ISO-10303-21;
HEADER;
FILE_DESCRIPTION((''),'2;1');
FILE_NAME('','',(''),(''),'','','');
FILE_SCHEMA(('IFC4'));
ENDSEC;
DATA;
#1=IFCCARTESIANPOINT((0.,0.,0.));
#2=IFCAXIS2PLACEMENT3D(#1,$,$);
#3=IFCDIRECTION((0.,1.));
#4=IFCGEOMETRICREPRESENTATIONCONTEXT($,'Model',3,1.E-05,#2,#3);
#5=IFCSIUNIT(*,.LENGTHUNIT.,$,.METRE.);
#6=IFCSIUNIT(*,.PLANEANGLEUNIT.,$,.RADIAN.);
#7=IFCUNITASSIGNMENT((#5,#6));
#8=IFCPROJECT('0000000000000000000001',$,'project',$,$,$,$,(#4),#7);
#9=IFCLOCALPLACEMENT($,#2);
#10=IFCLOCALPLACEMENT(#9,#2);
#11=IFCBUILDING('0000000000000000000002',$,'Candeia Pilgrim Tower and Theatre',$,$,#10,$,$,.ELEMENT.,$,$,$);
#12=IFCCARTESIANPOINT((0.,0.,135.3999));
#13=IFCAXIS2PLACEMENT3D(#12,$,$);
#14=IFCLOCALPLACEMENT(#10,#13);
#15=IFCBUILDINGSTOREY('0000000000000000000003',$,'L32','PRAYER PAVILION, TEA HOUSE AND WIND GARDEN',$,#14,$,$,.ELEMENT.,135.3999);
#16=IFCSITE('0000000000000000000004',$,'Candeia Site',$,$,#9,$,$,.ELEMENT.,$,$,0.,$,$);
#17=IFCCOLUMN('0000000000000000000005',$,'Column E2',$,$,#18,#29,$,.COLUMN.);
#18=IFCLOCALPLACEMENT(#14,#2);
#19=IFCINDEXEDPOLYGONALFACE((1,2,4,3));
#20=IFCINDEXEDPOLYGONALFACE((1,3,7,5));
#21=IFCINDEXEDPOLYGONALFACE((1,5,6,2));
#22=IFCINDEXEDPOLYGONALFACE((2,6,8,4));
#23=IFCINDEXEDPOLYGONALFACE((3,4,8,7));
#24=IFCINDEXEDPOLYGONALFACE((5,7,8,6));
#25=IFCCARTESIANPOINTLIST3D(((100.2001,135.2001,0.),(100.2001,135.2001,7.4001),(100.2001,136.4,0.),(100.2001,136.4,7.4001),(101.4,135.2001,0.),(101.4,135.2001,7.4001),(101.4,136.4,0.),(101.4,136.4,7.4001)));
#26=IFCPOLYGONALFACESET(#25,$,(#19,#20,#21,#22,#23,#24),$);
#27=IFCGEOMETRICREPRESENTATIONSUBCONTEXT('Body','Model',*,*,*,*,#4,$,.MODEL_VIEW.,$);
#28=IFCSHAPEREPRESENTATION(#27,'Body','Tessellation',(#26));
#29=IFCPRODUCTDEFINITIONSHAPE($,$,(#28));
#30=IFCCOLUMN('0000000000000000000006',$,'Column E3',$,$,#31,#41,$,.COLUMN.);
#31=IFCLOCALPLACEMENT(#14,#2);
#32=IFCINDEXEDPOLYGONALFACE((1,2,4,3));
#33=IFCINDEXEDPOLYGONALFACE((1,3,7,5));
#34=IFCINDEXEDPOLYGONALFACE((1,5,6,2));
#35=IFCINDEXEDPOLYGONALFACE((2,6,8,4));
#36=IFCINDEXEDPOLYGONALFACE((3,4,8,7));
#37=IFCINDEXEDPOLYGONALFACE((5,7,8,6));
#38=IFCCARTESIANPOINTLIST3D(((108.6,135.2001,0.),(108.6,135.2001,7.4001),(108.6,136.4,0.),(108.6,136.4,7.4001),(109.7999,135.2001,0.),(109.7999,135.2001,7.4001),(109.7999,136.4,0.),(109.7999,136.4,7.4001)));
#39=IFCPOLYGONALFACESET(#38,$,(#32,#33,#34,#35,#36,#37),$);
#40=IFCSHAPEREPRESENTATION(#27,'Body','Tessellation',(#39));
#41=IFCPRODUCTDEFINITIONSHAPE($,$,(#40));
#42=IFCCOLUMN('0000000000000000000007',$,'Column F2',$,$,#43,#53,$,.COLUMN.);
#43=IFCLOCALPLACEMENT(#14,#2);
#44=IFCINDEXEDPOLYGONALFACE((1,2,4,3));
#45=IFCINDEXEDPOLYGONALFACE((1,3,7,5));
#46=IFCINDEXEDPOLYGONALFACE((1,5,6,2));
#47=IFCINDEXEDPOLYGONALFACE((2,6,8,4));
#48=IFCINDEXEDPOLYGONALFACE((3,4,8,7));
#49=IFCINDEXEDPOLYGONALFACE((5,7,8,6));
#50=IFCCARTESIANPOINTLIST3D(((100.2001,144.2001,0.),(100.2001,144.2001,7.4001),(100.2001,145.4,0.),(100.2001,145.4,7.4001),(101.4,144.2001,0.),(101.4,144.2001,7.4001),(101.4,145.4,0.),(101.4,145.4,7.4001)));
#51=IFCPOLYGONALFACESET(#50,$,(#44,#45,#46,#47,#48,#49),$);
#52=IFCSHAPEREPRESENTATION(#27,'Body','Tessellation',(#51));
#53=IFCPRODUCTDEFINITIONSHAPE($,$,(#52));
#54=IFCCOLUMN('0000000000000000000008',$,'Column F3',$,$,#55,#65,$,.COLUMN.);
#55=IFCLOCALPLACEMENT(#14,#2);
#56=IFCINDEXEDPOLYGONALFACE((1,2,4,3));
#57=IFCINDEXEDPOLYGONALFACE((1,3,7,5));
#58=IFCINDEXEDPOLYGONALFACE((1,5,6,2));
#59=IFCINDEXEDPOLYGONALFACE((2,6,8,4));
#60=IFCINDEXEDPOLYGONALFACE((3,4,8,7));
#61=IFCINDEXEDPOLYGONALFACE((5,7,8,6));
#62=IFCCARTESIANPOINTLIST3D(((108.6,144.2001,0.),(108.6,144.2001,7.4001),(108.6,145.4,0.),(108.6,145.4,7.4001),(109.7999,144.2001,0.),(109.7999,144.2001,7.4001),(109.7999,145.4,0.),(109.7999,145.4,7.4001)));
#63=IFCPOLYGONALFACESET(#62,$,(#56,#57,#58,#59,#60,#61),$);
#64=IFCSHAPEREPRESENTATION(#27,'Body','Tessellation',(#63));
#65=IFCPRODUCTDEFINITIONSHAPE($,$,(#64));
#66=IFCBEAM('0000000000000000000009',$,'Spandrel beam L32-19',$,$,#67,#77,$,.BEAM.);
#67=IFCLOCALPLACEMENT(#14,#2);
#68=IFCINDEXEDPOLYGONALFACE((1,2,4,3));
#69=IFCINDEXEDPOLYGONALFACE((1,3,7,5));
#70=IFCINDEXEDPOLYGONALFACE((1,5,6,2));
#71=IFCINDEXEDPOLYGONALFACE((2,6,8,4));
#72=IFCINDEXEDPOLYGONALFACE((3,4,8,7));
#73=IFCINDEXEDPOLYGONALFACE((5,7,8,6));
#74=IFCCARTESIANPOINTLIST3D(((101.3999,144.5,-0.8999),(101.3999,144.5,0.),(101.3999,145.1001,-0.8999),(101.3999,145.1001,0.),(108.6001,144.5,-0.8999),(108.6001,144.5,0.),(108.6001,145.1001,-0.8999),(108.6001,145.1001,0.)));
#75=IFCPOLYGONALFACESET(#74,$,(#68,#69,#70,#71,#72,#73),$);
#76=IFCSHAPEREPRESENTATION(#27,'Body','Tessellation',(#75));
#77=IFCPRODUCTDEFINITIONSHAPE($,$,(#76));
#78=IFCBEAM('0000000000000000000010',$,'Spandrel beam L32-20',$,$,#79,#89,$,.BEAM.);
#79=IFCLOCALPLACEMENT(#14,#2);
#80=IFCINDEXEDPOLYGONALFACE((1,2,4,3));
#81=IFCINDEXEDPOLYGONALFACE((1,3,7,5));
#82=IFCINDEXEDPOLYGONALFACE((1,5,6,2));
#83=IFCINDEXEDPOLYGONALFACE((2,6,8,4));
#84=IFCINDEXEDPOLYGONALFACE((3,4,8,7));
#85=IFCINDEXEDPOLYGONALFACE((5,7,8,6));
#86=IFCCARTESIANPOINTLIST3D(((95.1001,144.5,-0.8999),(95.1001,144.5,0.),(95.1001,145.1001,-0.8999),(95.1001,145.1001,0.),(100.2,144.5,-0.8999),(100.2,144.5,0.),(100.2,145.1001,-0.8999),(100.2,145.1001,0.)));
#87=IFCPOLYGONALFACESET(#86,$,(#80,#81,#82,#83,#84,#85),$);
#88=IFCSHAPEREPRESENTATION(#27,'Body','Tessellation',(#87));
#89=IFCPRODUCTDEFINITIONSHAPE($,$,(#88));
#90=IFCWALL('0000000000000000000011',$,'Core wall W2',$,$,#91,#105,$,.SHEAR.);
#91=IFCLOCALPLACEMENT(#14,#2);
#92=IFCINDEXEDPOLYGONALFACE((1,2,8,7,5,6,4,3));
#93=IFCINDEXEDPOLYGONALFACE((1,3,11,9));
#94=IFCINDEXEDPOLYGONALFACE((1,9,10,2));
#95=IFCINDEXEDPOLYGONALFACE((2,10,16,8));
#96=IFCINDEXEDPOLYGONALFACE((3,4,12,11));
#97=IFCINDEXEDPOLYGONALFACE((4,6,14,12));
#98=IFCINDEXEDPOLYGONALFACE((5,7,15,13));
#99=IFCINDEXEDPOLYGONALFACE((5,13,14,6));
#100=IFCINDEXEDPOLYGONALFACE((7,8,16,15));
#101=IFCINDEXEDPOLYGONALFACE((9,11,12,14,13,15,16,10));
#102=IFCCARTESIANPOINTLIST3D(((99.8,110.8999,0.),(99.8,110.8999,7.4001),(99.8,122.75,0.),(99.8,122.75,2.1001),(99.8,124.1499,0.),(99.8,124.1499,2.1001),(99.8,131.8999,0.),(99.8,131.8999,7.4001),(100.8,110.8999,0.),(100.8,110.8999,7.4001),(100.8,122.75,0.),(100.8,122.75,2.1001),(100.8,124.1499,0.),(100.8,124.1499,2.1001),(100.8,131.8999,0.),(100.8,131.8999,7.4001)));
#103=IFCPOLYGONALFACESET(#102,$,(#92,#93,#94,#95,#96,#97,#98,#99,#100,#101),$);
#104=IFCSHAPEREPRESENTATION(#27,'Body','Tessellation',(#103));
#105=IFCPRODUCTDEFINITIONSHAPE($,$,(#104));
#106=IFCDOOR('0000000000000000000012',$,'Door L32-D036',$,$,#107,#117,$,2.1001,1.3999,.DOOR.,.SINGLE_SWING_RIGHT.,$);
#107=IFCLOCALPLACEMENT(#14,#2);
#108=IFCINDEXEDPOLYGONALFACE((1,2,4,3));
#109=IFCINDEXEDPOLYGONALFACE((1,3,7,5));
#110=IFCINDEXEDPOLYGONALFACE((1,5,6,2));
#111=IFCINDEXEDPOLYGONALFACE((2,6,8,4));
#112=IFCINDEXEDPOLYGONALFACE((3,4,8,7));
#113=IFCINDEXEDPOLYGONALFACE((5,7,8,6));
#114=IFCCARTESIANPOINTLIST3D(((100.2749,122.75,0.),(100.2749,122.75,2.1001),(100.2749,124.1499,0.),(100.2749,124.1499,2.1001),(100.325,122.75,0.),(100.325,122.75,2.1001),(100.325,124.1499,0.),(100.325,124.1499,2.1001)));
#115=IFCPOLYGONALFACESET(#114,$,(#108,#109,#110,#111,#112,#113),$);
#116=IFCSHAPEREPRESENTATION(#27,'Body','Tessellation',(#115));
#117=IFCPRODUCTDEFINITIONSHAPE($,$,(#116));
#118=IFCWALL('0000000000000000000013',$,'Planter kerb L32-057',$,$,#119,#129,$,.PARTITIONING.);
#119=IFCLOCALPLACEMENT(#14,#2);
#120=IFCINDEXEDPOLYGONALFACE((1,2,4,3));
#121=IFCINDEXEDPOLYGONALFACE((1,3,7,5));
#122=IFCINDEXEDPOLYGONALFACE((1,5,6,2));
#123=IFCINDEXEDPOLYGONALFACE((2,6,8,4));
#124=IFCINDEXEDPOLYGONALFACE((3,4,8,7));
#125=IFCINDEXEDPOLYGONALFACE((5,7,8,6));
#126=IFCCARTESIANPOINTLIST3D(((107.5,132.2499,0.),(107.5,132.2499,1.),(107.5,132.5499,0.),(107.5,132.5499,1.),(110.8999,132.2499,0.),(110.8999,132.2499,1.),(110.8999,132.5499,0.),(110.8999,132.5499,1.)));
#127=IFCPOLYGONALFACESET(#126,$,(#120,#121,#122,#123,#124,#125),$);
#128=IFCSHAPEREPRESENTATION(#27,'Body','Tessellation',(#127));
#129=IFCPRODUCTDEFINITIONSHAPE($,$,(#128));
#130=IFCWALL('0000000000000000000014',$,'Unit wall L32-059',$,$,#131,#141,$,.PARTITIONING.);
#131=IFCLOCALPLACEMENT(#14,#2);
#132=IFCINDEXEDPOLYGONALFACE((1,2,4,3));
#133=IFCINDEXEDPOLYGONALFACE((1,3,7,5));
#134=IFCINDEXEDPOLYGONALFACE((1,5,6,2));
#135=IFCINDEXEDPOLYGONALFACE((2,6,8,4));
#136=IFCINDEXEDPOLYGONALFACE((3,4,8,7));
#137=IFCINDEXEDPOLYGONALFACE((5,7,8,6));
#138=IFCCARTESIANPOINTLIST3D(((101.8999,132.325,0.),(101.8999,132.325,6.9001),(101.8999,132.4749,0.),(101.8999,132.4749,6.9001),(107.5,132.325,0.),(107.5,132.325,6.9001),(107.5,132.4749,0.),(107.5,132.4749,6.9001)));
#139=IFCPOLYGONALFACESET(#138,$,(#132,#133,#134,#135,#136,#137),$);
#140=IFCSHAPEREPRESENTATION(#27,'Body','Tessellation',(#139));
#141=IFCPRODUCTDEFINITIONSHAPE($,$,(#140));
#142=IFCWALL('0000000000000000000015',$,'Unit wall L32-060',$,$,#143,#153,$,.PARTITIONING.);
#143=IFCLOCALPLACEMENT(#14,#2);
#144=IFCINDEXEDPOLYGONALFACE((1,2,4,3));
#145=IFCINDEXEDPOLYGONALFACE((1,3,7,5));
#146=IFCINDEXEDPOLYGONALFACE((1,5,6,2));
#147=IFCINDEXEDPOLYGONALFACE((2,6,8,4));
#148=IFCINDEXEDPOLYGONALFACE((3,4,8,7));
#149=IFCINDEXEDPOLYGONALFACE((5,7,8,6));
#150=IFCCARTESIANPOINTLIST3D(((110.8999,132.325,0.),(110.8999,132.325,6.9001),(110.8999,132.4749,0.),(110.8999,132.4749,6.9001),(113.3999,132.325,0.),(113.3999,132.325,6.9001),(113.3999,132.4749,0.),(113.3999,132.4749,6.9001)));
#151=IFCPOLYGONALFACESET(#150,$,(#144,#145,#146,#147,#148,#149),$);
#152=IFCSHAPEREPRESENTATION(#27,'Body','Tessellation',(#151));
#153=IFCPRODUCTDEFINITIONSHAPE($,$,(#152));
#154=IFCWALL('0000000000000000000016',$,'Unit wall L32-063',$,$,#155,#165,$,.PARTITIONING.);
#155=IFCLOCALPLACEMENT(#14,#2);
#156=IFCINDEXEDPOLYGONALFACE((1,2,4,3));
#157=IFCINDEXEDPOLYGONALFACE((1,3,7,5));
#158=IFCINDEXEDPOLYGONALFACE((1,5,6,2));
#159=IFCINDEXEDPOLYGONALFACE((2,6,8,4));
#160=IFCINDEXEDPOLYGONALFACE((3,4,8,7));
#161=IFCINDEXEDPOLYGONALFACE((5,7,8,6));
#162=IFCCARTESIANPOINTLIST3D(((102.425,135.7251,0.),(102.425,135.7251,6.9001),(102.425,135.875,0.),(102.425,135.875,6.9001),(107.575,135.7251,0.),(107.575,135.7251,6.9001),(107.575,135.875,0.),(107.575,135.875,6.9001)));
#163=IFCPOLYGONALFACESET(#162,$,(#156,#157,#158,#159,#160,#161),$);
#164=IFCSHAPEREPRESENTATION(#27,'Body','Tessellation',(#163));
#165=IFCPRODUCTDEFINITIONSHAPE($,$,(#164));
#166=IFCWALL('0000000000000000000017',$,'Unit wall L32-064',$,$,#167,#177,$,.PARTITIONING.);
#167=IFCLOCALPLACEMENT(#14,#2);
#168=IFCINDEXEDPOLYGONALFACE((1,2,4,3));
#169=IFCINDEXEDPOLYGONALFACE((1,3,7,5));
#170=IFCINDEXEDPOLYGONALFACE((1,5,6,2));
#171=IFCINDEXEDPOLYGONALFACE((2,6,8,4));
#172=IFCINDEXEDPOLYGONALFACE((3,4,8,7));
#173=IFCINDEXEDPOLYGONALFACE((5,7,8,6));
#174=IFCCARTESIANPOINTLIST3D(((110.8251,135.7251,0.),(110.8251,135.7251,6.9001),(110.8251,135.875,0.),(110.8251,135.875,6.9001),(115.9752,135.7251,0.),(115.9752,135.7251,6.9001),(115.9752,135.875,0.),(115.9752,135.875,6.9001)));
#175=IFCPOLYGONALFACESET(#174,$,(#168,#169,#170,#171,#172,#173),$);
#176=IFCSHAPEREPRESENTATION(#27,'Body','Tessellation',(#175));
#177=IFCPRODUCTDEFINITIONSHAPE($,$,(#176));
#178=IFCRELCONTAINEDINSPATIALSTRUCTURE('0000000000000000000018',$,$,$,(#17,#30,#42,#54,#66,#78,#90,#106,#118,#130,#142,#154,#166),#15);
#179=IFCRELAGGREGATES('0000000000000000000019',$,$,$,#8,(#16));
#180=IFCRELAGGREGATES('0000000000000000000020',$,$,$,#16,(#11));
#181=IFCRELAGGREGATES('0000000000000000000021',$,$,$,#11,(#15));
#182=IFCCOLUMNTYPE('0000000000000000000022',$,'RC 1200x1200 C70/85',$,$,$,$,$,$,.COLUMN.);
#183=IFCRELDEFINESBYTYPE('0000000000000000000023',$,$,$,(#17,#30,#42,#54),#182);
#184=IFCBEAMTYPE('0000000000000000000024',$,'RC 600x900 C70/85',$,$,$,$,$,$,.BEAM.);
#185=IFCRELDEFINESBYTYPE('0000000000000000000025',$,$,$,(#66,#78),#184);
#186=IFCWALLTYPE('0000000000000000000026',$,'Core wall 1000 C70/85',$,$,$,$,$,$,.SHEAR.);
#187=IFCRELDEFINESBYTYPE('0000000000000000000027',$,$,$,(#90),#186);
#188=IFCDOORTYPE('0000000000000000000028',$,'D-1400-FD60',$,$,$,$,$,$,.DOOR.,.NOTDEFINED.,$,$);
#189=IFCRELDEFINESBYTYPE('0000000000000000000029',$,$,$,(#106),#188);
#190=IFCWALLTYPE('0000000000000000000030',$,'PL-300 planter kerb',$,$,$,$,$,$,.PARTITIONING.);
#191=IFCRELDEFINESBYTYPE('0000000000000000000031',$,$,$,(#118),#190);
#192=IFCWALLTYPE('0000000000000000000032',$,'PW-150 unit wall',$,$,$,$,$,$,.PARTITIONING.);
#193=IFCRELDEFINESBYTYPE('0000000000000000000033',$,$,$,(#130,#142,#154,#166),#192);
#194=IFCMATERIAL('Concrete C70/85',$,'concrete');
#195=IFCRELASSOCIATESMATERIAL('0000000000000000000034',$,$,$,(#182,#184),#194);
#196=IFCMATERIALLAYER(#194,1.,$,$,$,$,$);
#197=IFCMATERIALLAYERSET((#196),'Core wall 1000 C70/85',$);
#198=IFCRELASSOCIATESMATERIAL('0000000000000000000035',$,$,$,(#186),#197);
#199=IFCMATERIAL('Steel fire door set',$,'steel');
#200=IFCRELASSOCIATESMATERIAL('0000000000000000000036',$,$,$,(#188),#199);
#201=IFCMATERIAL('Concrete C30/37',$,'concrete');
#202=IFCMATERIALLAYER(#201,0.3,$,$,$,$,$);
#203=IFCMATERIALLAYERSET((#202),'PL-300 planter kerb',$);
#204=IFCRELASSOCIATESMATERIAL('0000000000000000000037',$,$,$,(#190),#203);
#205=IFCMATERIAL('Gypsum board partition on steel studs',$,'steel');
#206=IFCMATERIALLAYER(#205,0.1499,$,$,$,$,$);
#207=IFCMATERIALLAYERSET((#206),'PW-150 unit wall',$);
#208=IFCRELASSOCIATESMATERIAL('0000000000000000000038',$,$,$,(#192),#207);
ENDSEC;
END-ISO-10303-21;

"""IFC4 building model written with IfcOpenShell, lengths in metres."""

from ifc_helpers import new_model, si_unit, direction, frame, frame_2d, origin, origin_2d, place, context, subcontext, project, spatial, rectangle, extrude, material, layer, layer_set, material_profile, profile_set, type_object, element, fill, save


model = new_model("IFC4")

# Units and contexts
model_context = context("Model", 3, precision=1e-05, world=origin(), true_north=direction((0.0, 1.0)))
body_context = subcontext(model_context, "Body", "Model", "MODEL_VIEW")
ifc_project = project(units=[si_unit("LENGTHUNIT", "METRE"), si_unit("PLANEANGLEUNIT", "RADIAN")], contexts=[model_context])

# Site, building, storey
site_placement = place(None, origin())
site = spatial("IfcSite", under=ifc_project, at=site_placement, Name="Candeia Site", CompositionType="ELEMENT", RefElevation=0.0)
building_placement = place(site_placement, origin())
building = spatial("IfcBuilding", under=site, at=building_placement, Name="Candeia Pilgrim Tower and Theatre", CompositionType="ELEMENT")
storey_placement = place(building_placement, frame((0.0, 0.0, 135.3999)))
storey = spatial("IfcBuildingStorey", under=building, at=storey_placement, Name="L32", Description="PRAYER PAVILION, TEA HOUSE AND WIND GARDEN", CompositionType="ELEMENT", Elevation=135.3999)

# Columns
ifc_material_1 = material(Name="Concrete C70/85", Category="concrete")
ifc_material_profile_1 = material_profile(ifc_material_1, rectangle(XDim=1.2, YDim=1.2, at=origin_2d()))
ifc_profile_set_1 = profile_set([ifc_material_profile_1], Name="Concrete C70/85")
column_type = type_object("IfcColumnType", Name="RC 1200x1200 C70/85", PredefinedType="COLUMN", material=ifc_profile_set_1)
for number, where, z_axis, x_axis, name in (
    (1, (100.8, 135.8, 0.0), (0.0, 0.0, 1.0), (1.0, 0.0, 0.0), "Column E2"),
    (2, (109.2, 135.8, 0.0), (0.0, 0.0, 1.0), (1.0, 0.0, 0.0), "Column E3"),
    (3, (100.8, 144.8, 0.0), (0.0, 0.0, 1.0), (1.0, 0.0, 0.0), "Column F2"),
    (4, (109.2, 144.8, 0.0), (0.0, 0.0, 1.0), (1.0, 0.0, 0.0), "Column F3"),
):
    element("IfcColumn", number, at=place(storey_placement, frame(where, z_axis=z_axis, x_axis=x_axis)), inside=storey, type_object=column_type, Name=name, PredefinedType="COLUMN", context=body_context, shape_type="SweptSolid", body=[
        extrude(rectangle(XDim=1.2, YDim=1.2, at=origin_2d()), origin(), (0.0, 0.0, 1.0), 7.4001),
    ])

# Beams
ifc_material_profile_2 = material_profile(ifc_material_1, rectangle(XDim=0.6001, YDim=0.8999, at=origin_2d()))
ifc_profile_set_2 = profile_set([ifc_material_profile_2], Name="Concrete C70/85")
beam_type = type_object("IfcBeamType", Name="RC 600x900 C70/85", PredefinedType="BEAM", material=ifc_profile_set_2)
beam_1_placement = place(storey_placement, frame((108.6001, 144.8, -0.45), z_axis=(-1.0, 0.0, 0.0), x_axis=(0.0, -1.0, 0.0)))
element("IfcBeam", 5, at=beam_1_placement, inside=storey, type_object=beam_type, Name="Spandrel beam L32-19", PredefinedType="BEAM", context=body_context, shape_type="SweptSolid", body=[
    extrude(rectangle(XDim=0.6001, YDim=0.8999, at=origin_2d()), origin(), (0.0, 0.0, 1.0), 7.2002),
])
beam_2_placement = place(storey_placement, frame((100.2, 144.8, -0.45), z_axis=(-1.0, 0.0, 0.0), x_axis=(0.0, -1.0, 0.0)))
element("IfcBeam", 6, at=beam_2_placement, inside=storey, type_object=beam_type, Name="Spandrel beam L32-20", PredefinedType="BEAM", context=body_context, shape_type="SweptSolid", body=[
    extrude(rectangle(XDim=0.6001, YDim=0.8999, at=origin_2d()), origin(), (0.0, 0.0, 1.0), 5.0999),
])

# Wall, opening, door
ifc_layer_1 = layer(ifc_material_1, 1.0)
ifc_layer_set_1 = layer_set([ifc_layer_1], Name="Core wall 1000 C70/85")
wall_type_1 = type_object("IfcWallType", Name="Core wall 1000 C70/85", PredefinedType="SHEAR", material=ifc_layer_set_1)
wall_1_placement = place(storey_placement, frame((100.3, 131.8999, 0.0), z_axis=(0.0, 0.0, 1.0), x_axis=(0.0, -1.0, 0.0)))
wall_1 = element("IfcWall", 7, at=wall_1_placement, inside=storey, type_object=wall_type_1, Name="Core wall W2", PredefinedType="SHEAR", context=body_context, shape_type="SweptSolid", body=[
    extrude(rectangle(XDim=21.0, YDim=1.0, at=frame_2d((10.5, 0.0))), origin(), (0.0, 0.0, 1.0), 7.4001),
])
opening_1_placement = place(wall_1_placement, frame((7.75, 0.0, 0.0)))
opening_1 = element("IfcOpeningElement", 8, at=opening_1_placement, cuts=wall_1, PredefinedType="OPENING", context=body_context, shape_type="SweptSolid", body=[
    extrude(rectangle(XDim=1.3999, YDim=2.1001, at=frame_2d((0.7, 1.05))), frame((0.0, 0.51, 0.0), z_axis=(0.0, -1.0, 0.0), x_axis=(1.0, 0.0, 0.0)), (0.0, 0.0, 1.0), 1.02),
])
ifc_material_2 = material(Name="Steel fire door set", Category="steel")
door_type_1 = type_object("IfcDoorType", Name="D-1400-FD60", OperationType="NOTDEFINED", PredefinedType="DOOR", material=ifc_material_2)
door_1_placement = place(opening_1_placement, origin())
door_1 = element("IfcDoor", 9, at=door_1_placement, inside=storey, type_object=door_type_1, Name="Door L32-D036", OperationType="SINGLE_SWING_RIGHT", OverallHeight=2.1001, OverallWidth=1.3999, PredefinedType="DOOR", context=body_context, shape_type="SweptSolid", body=[
    extrude(rectangle(XDim=1.3999, YDim=2.1001, at=frame_2d((0.7, 1.05))), frame((0.0, 0.0249, 0.0), z_axis=(0.0, -1.0, 0.0), x_axis=(1.0, 0.0, 0.0)), (0.0, 0.0, 1.0), 0.05),
])
fill(opening_1, door_1)

# Walls
ifc_material_3 = material(Name="Concrete C30/37", Category="concrete")
ifc_layer_2 = layer(ifc_material_3, 0.3)
ifc_layer_set_2 = layer_set([ifc_layer_2], Name="PL-300 planter kerb")
wall_type_2 = type_object("IfcWallType", Name="PL-300 planter kerb", PredefinedType="PARTITIONING", material=ifc_layer_set_2)
wall_2_placement = place(storey_placement, frame((107.5, 132.3999, 0.0), z_axis=(0.0, 0.0, 1.0), x_axis=(1.0, 0.0, 0.0)))
element("IfcWall", 10, at=wall_2_placement, inside=storey, type_object=wall_type_2, Name="Planter kerb L32-057", PredefinedType="PARTITIONING", context=body_context, shape_type="SweptSolid", body=[
    extrude(rectangle(XDim=3.3999, YDim=0.3, at=frame_2d((1.7, 0.0))), origin(), (0.0, 0.0, 1.0), 1.0),
])
ifc_material_4 = material(Name="Gypsum board partition on steel studs", Category="steel")
ifc_layer_3 = layer(ifc_material_4, 0.1499)
ifc_layer_set_3 = layer_set([ifc_layer_3], Name="PW-150 unit wall")
wall_type_3 = type_object("IfcWallType", Name="PW-150 unit wall", PredefinedType="PARTITIONING", material=ifc_layer_set_3)
wall_3_placement = place(storey_placement, frame((101.8999, 132.3999, 0.0), z_axis=(0.0, 0.0, 1.0), x_axis=(1.0, 0.0, 0.0)))
element("IfcWall", 11, at=wall_3_placement, inside=storey, type_object=wall_type_3, Name="Unit wall L32-059", PredefinedType="PARTITIONING", context=body_context, shape_type="SweptSolid", body=[
    extrude(rectangle(XDim=5.6001, YDim=0.1499, at=frame_2d((2.8, 0.0))), origin(), (0.0, 0.0, 1.0), 6.9001),
])
wall_4_placement = place(storey_placement, frame((110.8999, 132.3999, 0.0), z_axis=(0.0, 0.0, 1.0), x_axis=(1.0, 0.0, 0.0)))
element("IfcWall", 12, at=wall_4_placement, inside=storey, type_object=wall_type_3, Name="Unit wall L32-060", PredefinedType="PARTITIONING", context=body_context, shape_type="SweptSolid", body=[
    extrude(rectangle(XDim=2.5, YDim=0.1499, at=frame_2d((1.25, 0.0))), origin(), (0.0, 0.0, 1.0), 6.9001),
])
wall_5_placement = place(storey_placement, frame((102.425, 135.8, 0.0), z_axis=(0.0, 0.0, 1.0), x_axis=(1.0, 0.0, 0.0)))
element("IfcWall", 13, at=wall_5_placement, inside=storey, type_object=wall_type_3, Name="Unit wall L32-063", PredefinedType="PARTITIONING", context=body_context, shape_type="SweptSolid", body=[
    extrude(rectangle(XDim=5.1499, YDim=0.1499, at=frame_2d((2.575, 0.0))), origin(), (0.0, 0.0, 1.0), 6.9001),
])
wall_6_placement = place(storey_placement, frame((110.825, 135.8, 0.0), z_axis=(0.0, 0.0, 1.0), x_axis=(1.0, 0.0, 0.0)))
element("IfcWall", 14, at=wall_6_placement, inside=storey, type_object=wall_type_3, Name="Unit wall L32-064", PredefinedType="PARTITIONING", context=body_context, shape_type="SweptSolid", body=[
    extrude(rectangle(XDim=5.1501, YDim=0.1499, at=frame_2d((2.5752, 0.0))), origin(), (0.0, 0.0, 1.0), 6.9001),
])

save(model, "model.ifc")
